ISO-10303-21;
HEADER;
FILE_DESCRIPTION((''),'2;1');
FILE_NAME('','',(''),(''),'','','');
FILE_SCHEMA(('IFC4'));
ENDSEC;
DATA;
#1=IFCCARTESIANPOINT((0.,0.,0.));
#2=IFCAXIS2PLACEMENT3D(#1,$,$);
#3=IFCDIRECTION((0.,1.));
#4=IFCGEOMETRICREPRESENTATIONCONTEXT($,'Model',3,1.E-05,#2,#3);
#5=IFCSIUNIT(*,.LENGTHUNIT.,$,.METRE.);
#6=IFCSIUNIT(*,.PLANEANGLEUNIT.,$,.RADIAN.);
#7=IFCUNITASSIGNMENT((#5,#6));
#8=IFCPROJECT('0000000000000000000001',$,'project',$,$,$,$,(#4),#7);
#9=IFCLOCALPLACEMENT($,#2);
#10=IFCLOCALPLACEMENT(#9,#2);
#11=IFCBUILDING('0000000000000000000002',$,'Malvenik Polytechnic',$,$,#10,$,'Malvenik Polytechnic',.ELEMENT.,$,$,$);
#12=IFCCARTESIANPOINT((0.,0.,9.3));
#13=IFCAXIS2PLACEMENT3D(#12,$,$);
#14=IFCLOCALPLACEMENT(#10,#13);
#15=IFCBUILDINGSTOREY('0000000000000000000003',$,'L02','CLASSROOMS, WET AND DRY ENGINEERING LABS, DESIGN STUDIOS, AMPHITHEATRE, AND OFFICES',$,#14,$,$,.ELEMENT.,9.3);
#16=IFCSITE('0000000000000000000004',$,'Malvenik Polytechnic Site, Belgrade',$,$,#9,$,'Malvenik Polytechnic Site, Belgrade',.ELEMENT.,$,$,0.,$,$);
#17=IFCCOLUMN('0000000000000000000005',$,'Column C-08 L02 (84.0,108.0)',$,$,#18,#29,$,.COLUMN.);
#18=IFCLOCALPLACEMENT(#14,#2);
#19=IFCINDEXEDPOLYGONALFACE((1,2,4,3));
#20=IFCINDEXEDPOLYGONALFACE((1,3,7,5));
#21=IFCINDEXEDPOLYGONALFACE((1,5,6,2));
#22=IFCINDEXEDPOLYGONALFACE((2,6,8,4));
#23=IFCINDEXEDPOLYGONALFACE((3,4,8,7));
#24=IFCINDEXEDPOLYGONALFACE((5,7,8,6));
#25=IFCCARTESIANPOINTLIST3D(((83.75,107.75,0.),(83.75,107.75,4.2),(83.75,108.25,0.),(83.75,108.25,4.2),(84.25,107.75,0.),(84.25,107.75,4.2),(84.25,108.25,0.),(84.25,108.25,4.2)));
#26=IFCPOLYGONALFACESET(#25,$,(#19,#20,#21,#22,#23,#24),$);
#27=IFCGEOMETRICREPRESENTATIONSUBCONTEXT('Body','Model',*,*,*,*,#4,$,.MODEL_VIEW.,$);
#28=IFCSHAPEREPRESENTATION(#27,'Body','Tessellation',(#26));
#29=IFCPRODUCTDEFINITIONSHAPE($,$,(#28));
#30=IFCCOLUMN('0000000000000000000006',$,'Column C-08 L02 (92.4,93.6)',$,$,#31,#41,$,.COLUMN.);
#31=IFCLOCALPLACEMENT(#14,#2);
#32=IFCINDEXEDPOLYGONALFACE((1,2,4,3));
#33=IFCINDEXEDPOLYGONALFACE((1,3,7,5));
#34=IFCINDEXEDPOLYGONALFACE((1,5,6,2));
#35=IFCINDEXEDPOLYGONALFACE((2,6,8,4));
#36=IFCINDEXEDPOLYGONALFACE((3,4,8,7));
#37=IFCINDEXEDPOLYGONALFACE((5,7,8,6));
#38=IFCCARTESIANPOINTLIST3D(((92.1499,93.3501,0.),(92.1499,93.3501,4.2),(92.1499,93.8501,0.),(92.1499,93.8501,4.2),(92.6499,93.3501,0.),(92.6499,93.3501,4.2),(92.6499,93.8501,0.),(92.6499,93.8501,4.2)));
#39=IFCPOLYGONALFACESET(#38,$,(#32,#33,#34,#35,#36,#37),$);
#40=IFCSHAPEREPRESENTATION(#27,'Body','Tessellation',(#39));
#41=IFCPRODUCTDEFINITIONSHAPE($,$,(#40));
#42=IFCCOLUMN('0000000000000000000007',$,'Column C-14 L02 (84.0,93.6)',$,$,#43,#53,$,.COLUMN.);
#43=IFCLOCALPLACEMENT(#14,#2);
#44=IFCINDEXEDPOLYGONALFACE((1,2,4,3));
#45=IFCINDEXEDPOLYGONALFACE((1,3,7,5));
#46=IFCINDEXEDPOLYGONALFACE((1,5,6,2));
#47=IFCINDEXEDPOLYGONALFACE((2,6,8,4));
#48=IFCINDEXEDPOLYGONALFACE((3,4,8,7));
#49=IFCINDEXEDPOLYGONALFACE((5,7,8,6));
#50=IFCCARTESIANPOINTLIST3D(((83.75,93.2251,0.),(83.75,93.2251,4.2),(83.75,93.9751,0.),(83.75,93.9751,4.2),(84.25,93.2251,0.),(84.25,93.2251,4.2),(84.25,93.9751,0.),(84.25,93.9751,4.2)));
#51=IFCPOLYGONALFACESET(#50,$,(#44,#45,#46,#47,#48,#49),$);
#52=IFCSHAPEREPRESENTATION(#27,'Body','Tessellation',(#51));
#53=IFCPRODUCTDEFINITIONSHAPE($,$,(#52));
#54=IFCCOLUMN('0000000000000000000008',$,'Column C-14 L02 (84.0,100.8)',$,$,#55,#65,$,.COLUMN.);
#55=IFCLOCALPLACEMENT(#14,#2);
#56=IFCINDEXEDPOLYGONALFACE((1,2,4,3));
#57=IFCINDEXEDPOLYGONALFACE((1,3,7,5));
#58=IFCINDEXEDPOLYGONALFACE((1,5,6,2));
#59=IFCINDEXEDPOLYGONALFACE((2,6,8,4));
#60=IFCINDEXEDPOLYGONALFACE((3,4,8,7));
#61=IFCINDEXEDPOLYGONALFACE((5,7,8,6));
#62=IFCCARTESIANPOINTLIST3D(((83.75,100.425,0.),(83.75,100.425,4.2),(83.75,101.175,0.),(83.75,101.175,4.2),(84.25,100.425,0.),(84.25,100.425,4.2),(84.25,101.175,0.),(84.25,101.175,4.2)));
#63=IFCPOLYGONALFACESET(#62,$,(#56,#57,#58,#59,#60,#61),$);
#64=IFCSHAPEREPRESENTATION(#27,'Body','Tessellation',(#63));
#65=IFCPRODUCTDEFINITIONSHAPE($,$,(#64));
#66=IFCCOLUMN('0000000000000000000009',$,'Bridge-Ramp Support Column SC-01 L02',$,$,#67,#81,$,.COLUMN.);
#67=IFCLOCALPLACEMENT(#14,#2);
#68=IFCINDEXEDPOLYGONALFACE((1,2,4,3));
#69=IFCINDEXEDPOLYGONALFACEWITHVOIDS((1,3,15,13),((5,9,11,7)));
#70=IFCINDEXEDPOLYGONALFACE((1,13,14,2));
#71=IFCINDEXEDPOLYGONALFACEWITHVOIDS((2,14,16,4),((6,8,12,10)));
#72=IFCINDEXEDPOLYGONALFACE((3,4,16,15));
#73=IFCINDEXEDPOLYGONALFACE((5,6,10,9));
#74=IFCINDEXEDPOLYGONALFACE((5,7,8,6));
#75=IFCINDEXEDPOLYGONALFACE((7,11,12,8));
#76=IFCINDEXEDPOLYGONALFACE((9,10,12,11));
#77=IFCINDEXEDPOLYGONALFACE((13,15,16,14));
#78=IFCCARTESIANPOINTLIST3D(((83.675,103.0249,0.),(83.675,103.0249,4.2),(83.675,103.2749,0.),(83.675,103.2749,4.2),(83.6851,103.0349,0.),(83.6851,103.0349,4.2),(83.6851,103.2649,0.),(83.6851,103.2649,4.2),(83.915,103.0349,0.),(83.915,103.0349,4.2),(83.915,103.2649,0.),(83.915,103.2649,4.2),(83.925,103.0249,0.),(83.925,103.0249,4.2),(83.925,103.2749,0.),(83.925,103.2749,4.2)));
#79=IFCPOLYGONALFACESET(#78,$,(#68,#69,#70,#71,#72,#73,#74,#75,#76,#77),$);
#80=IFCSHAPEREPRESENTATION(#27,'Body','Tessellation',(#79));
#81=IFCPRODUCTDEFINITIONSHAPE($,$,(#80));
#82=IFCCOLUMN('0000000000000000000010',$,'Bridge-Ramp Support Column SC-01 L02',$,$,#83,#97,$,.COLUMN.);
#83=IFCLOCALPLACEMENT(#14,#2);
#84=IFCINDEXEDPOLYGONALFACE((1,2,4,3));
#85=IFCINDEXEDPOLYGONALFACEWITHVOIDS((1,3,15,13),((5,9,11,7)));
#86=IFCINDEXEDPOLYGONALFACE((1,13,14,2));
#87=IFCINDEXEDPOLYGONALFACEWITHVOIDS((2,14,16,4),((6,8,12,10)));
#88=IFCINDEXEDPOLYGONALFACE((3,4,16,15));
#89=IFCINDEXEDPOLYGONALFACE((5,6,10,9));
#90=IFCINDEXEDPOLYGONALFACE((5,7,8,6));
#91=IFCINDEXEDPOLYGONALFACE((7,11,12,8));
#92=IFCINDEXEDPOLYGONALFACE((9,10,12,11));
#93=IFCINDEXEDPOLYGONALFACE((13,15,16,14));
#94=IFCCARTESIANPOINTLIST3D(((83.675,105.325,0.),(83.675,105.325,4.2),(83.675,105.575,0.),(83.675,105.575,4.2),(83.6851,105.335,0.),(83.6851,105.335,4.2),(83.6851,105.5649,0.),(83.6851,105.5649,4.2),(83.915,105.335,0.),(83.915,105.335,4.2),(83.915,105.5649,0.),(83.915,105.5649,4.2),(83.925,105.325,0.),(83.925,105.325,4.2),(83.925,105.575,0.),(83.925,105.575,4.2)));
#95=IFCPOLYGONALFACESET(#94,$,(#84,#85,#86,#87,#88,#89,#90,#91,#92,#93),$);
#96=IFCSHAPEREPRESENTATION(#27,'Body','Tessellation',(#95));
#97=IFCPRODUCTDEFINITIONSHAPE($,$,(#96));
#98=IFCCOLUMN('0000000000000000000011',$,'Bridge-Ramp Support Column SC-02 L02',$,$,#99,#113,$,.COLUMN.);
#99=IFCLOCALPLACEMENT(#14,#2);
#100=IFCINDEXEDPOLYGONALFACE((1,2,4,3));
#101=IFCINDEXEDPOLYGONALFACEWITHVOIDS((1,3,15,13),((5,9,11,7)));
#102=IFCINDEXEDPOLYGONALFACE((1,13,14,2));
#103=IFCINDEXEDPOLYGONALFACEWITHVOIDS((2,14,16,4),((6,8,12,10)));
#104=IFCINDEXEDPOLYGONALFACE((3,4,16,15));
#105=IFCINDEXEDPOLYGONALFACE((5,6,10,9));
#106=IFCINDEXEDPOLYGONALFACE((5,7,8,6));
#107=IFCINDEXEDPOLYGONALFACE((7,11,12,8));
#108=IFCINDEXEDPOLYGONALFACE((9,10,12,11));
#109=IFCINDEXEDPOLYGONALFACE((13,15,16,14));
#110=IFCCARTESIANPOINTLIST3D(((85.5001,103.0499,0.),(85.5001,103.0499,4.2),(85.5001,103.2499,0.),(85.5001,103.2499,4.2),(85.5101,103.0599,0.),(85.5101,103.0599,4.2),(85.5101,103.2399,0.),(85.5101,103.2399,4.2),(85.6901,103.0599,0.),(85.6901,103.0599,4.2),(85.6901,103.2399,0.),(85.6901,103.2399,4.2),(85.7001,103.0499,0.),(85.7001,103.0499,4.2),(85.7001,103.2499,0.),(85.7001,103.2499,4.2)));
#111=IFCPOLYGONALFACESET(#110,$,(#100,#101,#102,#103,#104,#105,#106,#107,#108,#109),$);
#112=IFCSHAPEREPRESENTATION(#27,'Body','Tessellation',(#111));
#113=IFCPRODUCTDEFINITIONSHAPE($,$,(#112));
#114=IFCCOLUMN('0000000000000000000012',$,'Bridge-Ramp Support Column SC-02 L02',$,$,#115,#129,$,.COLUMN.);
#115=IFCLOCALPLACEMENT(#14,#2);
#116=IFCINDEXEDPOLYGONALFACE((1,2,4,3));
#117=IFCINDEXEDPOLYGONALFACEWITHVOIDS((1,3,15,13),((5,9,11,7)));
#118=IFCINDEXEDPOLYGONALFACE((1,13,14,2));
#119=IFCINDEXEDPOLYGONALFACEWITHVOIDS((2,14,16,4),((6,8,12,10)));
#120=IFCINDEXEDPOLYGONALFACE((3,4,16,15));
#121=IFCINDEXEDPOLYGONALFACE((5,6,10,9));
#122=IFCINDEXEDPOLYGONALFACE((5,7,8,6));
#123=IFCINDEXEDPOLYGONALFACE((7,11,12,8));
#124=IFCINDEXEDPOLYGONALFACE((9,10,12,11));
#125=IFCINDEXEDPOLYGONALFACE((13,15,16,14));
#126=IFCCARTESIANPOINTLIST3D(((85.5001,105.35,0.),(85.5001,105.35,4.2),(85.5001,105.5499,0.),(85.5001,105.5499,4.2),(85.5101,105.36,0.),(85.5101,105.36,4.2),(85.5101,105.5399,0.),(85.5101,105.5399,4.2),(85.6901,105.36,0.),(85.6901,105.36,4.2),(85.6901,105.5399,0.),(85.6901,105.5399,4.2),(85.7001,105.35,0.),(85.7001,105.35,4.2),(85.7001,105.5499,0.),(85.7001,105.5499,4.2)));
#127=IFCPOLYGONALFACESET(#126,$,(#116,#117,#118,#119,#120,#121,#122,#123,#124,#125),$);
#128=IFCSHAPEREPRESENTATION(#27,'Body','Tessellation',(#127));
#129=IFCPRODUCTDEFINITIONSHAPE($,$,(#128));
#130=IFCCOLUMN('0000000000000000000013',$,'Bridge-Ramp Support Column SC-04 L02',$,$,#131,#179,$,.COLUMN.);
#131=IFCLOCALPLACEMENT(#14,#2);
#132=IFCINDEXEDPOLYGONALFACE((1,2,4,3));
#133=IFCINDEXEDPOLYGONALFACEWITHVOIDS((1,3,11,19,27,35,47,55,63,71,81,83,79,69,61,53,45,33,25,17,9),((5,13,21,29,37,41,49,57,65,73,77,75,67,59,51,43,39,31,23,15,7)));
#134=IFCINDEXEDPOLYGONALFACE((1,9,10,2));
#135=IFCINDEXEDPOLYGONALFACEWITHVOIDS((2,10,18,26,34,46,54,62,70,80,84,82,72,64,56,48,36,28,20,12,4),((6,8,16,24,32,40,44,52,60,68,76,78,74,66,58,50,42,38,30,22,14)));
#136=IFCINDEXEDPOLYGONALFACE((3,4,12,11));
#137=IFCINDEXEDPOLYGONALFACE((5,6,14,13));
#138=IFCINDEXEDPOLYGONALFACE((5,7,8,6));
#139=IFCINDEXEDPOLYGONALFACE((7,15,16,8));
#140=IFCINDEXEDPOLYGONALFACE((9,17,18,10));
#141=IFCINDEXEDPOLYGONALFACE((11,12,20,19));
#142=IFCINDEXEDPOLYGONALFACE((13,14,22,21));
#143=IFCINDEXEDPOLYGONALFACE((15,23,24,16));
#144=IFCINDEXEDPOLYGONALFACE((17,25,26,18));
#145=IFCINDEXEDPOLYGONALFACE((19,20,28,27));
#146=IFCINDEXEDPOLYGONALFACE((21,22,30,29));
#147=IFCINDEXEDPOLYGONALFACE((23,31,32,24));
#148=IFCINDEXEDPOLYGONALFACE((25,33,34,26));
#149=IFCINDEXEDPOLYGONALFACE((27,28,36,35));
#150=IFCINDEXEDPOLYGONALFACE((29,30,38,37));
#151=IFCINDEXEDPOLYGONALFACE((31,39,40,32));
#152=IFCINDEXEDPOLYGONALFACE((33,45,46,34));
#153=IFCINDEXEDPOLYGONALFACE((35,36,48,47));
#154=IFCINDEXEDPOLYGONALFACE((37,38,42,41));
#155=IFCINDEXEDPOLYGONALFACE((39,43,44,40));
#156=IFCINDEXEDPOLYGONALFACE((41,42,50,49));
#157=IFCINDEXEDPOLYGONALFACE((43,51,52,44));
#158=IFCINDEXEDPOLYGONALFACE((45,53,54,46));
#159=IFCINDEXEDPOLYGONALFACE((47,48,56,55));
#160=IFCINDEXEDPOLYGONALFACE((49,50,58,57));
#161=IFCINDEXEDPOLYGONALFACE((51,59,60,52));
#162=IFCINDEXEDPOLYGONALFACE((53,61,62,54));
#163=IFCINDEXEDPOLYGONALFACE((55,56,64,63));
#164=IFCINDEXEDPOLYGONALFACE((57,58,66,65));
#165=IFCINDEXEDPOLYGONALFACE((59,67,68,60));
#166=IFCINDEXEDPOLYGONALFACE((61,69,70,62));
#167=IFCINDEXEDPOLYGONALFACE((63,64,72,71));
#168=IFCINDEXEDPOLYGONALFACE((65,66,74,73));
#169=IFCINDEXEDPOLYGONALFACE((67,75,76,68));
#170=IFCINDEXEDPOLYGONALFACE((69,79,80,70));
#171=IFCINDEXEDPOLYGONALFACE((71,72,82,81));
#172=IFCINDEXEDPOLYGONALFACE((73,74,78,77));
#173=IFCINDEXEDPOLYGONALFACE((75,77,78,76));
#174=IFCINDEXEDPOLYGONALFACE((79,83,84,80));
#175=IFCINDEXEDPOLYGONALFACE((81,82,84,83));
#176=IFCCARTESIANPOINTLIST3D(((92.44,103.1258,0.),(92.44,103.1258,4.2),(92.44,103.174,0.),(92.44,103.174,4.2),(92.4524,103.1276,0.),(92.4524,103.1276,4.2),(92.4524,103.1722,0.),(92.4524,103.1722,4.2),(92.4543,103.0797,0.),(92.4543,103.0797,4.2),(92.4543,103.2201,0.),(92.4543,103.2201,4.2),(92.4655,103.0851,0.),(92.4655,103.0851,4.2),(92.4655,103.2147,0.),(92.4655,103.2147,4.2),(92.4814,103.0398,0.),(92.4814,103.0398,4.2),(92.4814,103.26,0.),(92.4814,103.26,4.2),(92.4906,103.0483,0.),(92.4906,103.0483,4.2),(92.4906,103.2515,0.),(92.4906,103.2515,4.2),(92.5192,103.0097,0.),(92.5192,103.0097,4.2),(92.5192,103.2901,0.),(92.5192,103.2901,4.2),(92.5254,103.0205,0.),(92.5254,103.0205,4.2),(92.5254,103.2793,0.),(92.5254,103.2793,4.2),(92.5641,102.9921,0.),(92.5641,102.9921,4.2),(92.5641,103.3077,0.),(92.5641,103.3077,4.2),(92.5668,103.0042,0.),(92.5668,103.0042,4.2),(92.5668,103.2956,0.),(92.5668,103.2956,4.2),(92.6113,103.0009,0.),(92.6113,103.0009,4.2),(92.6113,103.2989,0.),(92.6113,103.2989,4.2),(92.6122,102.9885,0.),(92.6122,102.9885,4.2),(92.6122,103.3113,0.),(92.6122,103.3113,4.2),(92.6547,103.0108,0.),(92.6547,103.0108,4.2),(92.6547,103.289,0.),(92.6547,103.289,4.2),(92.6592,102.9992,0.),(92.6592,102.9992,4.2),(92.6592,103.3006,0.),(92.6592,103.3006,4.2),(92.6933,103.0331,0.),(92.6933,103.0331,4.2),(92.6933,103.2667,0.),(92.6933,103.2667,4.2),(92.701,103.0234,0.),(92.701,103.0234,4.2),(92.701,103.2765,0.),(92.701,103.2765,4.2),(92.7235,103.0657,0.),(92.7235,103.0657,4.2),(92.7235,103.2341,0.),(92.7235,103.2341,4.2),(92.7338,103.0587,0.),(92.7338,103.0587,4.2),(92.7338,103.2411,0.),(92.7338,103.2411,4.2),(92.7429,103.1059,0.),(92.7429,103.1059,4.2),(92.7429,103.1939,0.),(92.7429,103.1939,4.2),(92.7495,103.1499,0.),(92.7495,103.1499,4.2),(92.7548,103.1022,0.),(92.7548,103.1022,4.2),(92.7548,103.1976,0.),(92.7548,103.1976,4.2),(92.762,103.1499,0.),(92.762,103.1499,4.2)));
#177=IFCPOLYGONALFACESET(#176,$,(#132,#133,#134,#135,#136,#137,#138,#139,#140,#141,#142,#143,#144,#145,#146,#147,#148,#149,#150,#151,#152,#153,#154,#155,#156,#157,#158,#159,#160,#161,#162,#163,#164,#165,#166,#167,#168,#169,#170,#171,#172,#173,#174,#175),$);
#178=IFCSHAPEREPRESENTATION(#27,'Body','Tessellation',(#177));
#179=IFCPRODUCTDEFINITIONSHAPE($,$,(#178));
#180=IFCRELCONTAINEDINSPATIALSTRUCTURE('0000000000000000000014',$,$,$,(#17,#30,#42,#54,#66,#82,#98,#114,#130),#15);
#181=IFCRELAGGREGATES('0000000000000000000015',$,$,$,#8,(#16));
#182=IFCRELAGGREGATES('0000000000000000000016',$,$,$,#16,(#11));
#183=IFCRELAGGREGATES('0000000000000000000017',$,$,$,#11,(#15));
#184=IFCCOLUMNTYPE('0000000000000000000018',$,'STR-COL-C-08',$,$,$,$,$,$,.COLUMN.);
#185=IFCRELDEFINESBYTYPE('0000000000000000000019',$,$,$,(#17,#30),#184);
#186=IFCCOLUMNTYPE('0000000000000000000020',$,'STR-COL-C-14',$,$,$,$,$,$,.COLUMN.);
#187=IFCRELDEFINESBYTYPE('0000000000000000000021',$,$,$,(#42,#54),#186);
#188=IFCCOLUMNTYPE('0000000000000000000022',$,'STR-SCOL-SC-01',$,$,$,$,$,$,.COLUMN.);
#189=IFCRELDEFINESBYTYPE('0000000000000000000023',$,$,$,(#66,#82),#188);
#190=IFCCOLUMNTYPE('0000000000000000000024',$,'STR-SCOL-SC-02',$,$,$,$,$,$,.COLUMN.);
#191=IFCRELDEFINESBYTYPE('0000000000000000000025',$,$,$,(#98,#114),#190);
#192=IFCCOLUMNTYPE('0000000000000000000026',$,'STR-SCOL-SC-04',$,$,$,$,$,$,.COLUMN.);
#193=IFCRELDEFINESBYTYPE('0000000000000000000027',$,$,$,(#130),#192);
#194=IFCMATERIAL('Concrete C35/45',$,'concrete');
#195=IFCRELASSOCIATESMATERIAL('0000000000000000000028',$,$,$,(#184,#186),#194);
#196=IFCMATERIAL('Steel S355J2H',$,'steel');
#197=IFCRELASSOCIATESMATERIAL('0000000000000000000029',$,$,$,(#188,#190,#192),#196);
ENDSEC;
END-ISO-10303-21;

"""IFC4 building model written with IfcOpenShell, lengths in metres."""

from ifc_helpers import new_model, si_unit, direction, frame, origin, origin_2d, place, context, subcontext, project, spatial, rectangle, hollow_rectangle, hollow_circle, extrude, material, material_profile, profile_set, type_object, element, save


model = new_model("IFC4")

# Units and contexts
model_context = context("Model", 3, precision=1e-05, world=origin(), true_north=direction((0.0, 1.0)))
body_context = subcontext(model_context, "Body", "Model", "MODEL_VIEW")
ifc_project = project(units=[si_unit("LENGTHUNIT", "METRE"), si_unit("PLANEANGLEUNIT", "RADIAN")], contexts=[model_context])

# Site, building, storey
site_placement = place(None, origin())
site = spatial("IfcSite", under=ifc_project, at=site_placement, Name="Malvenik Polytechnic Site, Belgrade", LongName="Malvenik Polytechnic Site, Belgrade", CompositionType="ELEMENT", RefElevation=0.0)
building_placement = place(site_placement, origin())
building = spatial("IfcBuilding", under=site, at=building_placement, Name="Malvenik Polytechnic", LongName="Malvenik Polytechnic", CompositionType="ELEMENT")
storey_placement = place(building_placement, frame((0.0, 0.0, 9.3)))
storey = spatial("IfcBuildingStorey", under=building, at=storey_placement, Name="L02", Description="CLASSROOMS, WET AND DRY ENGINEERING LABS, DESIGN STUDIOS, AMPHITHEATRE, AND OFFICES", CompositionType="ELEMENT", Elevation=9.3)

# Columns
ifc_material_1 = material(Name="Concrete C35/45", Category="concrete")
ifc_material_profile_1 = material_profile(ifc_material_1, rectangle(XDim=0.5, YDim=0.5, at=origin_2d()), Name="RC COL 500x500")
ifc_profile_set_1 = profile_set([ifc_material_profile_1], Name="Concrete C35/45")
column_type_1 = type_object("IfcColumnType", Name="STR-COL-C-08", PredefinedType="COLUMN", material=ifc_profile_set_1)
for number, where, z_axis, x_axis, name in (
    (1, (84.0, 108.0, 0.0), (0.0, 0.0, 1.0), (1.0, 0.0, 0.0), "Column C-08 L02 (84.0,108.0)"),
    (2, (92.3999, 93.6001, 0.0), (0.0, 0.0, 1.0), (1.0, 0.0, 0.0), "Column C-08 L02 (92.4,93.6)"),
):
    element("IfcColumn", number, at=place(storey_placement, frame(where, z_axis=z_axis, x_axis=x_axis)), inside=storey, type_object=column_type_1, Name=name, PredefinedType="COLUMN", context=body_context, shape_type="SweptSolid", body=[
        extrude(rectangle(XDim=0.5, YDim=0.5, at=origin_2d()), origin(), (0.0, 0.0, 1.0), 4.2),
    ])
ifc_material_profile_2 = material_profile(ifc_material_1, rectangle(XDim=0.5, YDim=0.75, at=origin_2d()), Name="RC COL 750x500")
ifc_profile_set_2 = profile_set([ifc_material_profile_2], Name="Concrete C35/45")
column_type_2 = type_object("IfcColumnType", Name="STR-COL-C-14", PredefinedType="COLUMN", material=ifc_profile_set_2)
for number, where, z_axis, x_axis, name in (
    (3, (84.0, 93.6001, 0.0), (0.0, 0.0, 1.0), (1.0, 0.0, 0.0), "Column C-14 L02 (84.0,93.6)"),
    (4, (84.0, 100.8, 0.0), (0.0, 0.0, 1.0), (1.0, 0.0, 0.0), "Column C-14 L02 (84.0,100.8)"),
):
    element("IfcColumn", number, at=place(storey_placement, frame(where, z_axis=z_axis, x_axis=x_axis)), inside=storey, type_object=column_type_2, Name=name, PredefinedType="COLUMN", context=body_context, shape_type="SweptSolid", body=[
        extrude(rectangle(XDim=0.5, YDim=0.75, at=origin_2d()), origin(), (0.0, 0.0, 1.0), 4.2),
    ])
ifc_material_2 = material(Name="Steel S355J2H", Category="steel")
ifc_material_profile_3 = material_profile(ifc_material_2, hollow_rectangle(XDim=0.25, YDim=0.25, WallThickness=0.01, at=origin_2d()), Name="SHS 250x250x10.0")
ifc_profile_set_3 = profile_set([ifc_material_profile_3], Name="Steel S355J2H")
column_type_3 = type_object("IfcColumnType", Name="STR-SCOL-SC-01", PredefinedType="COLUMN", material=ifc_profile_set_3)
for number, where, z_axis, x_axis, name in (
    (5, (83.8, 103.1499, 0.0), (0.0, 0.0, 1.0), (1.0, 0.0, 0.0), "Bridge-Ramp Support Column SC-01 L02"),
    (6, (83.8, 105.45, 0.0), (0.0, 0.0, 1.0), (1.0, 0.0, 0.0), "Bridge-Ramp Support Column SC-01 L02"),
):
    element("IfcColumn", number, at=place(storey_placement, frame(where, z_axis=z_axis, x_axis=x_axis)), inside=storey, type_object=column_type_3, Name=name, PredefinedType="COLUMN", context=body_context, shape_type="SweptSolid", body=[
        extrude(hollow_rectangle(XDim=0.25, YDim=0.25, WallThickness=0.01, at=origin_2d()), origin(), (0.0, 0.0, 1.0), 4.2),
    ])
ifc_material_profile_4 = material_profile(ifc_material_2, hollow_rectangle(XDim=0.2, YDim=0.2, WallThickness=0.01, at=origin_2d()), Name="SHS 200x200x10.0")
ifc_profile_set_4 = profile_set([ifc_material_profile_4], Name="Steel S355J2H")
column_type_4 = type_object("IfcColumnType", Name="STR-SCOL-SC-02", PredefinedType="COLUMN", material=ifc_profile_set_4)
for number, where, z_axis, x_axis, name in (
    (7, (85.6001, 103.1499, 0.0), (0.0, 0.0, 1.0), (1.0, 0.0, 0.0), "Bridge-Ramp Support Column SC-02 L02"),
    (8, (85.6001, 105.45, 0.0), (0.0, 0.0, 1.0), (1.0, 0.0, 0.0), "Bridge-Ramp Support Column SC-02 L02"),
):
    element("IfcColumn", number, at=place(storey_placement, frame(where, z_axis=z_axis, x_axis=x_axis)), inside=storey, type_object=column_type_4, Name=name, PredefinedType="COLUMN", context=body_context, shape_type="SweptSolid", body=[
        extrude(hollow_rectangle(XDim=0.2, YDim=0.2, WallThickness=0.01, at=origin_2d()), origin(), (0.0, 0.0, 1.0), 4.2),
    ])
ifc_material_profile_5 = material_profile(ifc_material_2, hollow_circle(Radius=0.1619, WallThickness=0.0125, at=origin_2d()), Name="CHS 323.9x12.5")
ifc_profile_set_5 = profile_set([ifc_material_profile_5], Name="Steel S355J2H")
column_type_5 = type_object("IfcColumnType", Name="STR-SCOL-SC-04", PredefinedType="COLUMN", material=ifc_profile_set_5)
for number, where, z_axis, x_axis, name in (
    (9, (92.6001, 103.1499, 0.0), (0.0, 0.0, 1.0), (1.0, 0.0, 0.0), "Bridge-Ramp Support Column SC-04 L02"),
):
    element("IfcColumn", number, at=place(storey_placement, frame(where, z_axis=z_axis, x_axis=x_axis)), inside=storey, type_object=column_type_5, Name=name, PredefinedType="COLUMN", context=body_context, shape_type="SweptSolid", body=[
        extrude(hollow_circle(Radius=0.1619, WallThickness=0.0125, at=origin_2d()), origin(), (0.0, 0.0, 1.0), 4.2),
    ])

save(model, "model.ifc")
